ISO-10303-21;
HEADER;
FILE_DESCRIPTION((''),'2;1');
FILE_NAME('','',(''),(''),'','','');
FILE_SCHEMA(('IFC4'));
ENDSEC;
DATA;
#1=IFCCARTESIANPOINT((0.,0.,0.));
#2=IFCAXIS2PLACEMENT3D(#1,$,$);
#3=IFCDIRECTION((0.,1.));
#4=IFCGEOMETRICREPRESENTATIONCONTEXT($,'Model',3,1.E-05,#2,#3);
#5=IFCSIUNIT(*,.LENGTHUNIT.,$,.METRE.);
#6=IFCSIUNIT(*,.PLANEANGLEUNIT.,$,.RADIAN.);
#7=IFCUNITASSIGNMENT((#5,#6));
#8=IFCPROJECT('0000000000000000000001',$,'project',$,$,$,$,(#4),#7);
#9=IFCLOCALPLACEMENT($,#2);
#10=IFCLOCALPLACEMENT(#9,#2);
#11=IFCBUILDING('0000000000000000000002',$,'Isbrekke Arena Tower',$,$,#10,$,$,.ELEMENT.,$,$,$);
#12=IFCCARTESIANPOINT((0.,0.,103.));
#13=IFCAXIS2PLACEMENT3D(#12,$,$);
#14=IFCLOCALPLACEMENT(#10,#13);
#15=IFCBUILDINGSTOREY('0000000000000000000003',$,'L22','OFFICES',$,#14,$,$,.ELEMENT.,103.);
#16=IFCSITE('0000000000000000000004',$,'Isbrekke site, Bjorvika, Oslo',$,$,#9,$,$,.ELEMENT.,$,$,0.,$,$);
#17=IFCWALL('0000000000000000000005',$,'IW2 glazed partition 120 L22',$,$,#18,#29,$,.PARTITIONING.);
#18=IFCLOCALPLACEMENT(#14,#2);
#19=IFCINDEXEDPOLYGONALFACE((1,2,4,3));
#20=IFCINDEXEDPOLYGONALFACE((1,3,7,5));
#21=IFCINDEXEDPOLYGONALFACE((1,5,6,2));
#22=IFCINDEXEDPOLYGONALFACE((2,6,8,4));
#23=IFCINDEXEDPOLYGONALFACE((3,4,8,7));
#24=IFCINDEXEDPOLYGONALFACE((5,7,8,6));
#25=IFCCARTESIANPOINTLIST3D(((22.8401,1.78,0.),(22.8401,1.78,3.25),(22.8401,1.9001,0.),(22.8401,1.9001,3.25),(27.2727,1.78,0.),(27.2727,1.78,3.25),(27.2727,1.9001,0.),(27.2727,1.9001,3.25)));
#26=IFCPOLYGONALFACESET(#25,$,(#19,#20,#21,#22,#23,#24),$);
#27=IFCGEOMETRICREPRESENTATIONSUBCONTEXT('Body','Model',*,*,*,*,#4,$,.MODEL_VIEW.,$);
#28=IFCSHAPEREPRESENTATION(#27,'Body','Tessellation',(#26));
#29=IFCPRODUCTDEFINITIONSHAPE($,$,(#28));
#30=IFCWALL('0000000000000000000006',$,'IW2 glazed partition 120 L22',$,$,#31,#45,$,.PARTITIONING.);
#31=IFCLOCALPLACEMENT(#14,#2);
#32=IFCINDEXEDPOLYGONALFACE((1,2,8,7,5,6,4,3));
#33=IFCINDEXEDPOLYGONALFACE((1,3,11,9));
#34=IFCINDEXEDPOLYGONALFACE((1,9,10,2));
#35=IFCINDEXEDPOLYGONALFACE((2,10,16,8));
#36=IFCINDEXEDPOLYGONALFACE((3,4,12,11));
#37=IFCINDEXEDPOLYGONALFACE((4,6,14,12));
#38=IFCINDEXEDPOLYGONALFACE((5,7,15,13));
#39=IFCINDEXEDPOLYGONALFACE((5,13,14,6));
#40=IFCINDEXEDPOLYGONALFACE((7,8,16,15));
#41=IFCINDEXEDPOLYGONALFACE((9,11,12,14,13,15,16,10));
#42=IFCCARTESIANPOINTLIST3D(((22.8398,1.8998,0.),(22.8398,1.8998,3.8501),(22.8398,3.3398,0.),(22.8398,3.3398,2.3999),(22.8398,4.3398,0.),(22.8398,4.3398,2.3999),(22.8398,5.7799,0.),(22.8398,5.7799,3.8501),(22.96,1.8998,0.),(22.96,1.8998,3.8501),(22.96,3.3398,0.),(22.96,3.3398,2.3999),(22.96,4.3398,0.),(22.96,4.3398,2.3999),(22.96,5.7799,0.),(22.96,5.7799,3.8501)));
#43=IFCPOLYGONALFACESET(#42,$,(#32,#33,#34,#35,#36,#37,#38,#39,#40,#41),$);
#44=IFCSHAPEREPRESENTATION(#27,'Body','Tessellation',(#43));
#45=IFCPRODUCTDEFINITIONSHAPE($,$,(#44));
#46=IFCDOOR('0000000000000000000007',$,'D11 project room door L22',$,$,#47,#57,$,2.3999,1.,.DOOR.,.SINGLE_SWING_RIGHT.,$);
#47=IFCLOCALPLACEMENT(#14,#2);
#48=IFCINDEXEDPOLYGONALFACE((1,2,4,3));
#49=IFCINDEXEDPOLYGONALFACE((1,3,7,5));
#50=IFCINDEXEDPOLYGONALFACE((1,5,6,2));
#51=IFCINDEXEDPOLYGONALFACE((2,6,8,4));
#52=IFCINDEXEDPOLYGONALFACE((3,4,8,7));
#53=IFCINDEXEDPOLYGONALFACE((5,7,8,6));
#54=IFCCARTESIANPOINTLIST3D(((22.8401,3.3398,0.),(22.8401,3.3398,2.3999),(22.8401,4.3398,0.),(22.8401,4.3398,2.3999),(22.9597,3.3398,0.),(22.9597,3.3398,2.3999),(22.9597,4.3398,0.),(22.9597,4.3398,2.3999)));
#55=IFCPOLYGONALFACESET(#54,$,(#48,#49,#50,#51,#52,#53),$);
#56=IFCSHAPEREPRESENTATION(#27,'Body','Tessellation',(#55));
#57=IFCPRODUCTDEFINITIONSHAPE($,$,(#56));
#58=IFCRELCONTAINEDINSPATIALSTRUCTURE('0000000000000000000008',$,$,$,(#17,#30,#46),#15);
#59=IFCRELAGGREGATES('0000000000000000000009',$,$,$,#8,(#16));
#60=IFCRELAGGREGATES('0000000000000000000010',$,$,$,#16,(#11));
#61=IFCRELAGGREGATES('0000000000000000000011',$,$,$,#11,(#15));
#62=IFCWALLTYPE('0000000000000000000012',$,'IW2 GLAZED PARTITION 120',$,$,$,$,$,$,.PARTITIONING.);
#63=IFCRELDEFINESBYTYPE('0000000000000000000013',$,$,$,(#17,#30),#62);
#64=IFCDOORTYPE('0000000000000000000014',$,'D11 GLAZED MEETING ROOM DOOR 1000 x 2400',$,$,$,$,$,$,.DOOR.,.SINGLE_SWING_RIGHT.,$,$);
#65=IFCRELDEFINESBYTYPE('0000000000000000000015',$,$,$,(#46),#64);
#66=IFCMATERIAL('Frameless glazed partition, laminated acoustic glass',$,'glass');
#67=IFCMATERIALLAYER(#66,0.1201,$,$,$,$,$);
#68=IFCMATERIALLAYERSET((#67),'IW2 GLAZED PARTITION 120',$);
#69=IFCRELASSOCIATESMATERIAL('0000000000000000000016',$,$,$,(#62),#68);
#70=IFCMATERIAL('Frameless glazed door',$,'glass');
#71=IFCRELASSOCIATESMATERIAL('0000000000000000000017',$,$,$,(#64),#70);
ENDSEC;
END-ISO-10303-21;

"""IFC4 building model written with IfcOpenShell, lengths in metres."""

from ifc_helpers import new_model, si_unit, direction, frame, frame_2d, origin, place, context, subcontext, project, spatial, rectangle, extrude, material, layer, layer_set, type_object, element, fill, save


model = new_model("IFC4")

# Units and contexts
model_context = context("Model", 3, precision=1e-05, world=origin(), true_north=direction((0.0, 1.0)))
body_context = subcontext(model_context, "Body", "Model", "MODEL_VIEW")
ifc_project = project(units=[si_unit("LENGTHUNIT", "METRE"), si_unit("PLANEANGLEUNIT", "RADIAN")], contexts=[model_context])

# Site, building, storey
site_placement = place(None, origin())
site = spatial("IfcSite", under=ifc_project, at=site_placement, Name="Isbrekke site, Bjorvika, Oslo", CompositionType="ELEMENT", RefElevation=0.0)
building_placement = place(site_placement, origin())
building = spatial("IfcBuilding", under=site, at=building_placement, Name="Isbrekke Arena Tower", CompositionType="ELEMENT")
storey_placement = place(building_placement, frame((0.0, 0.0, 103.0)))
storey = spatial("IfcBuildingStorey", under=building, at=storey_placement, Name="L22", Description="OFFICES", CompositionType="ELEMENT", Elevation=103.0)

# Wall
ifc_material_1 = material(Name="Frameless glazed partition, laminated acoustic glass", Category="glass")
ifc_layer_1 = layer(ifc_material_1, 0.1201)
ifc_layer_set_1 = layer_set([ifc_layer_1], Name="IW2 GLAZED PARTITION 120")
wall_type = type_object("IfcWallType", Name="IW2 GLAZED PARTITION 120", PredefinedType="PARTITIONING", material=ifc_layer_set_1)
wall_1_placement = place(storey_placement, frame((22.8401, 1.8401, 0.0), z_axis=(0.0, 0.0, 1.0), x_axis=(1.0, 0.0, 0.0)))
element("IfcWall", 1, at=wall_1_placement, inside=storey, type_object=wall_type, Name="IW2 glazed partition 120 L22", PredefinedType="PARTITIONING", context=body_context, shape_type="SweptSolid", body=[
    extrude(rectangle(XDim=4.4326, YDim=0.1201, at=frame_2d((2.2163, 0.0))), origin(), (0.0, 0.0, 1.0), 3.25),
])

# Wall, opening, door
wall_2_placement = place(storey_placement, frame((22.8999, 1.8999, 0.0), z_axis=(0.0, 0.0, 1.0), x_axis=(0.0, 1.0, 0.0)))
wall_2 = element("IfcWall", 2, at=wall_2_placement, inside=storey, type_object=wall_type, Name="IW2 glazed partition 120 L22", PredefinedType="PARTITIONING", context=body_context, shape_type="SweptSolid", body=[
    extrude(rectangle(XDim=3.8801, YDim=0.1201, at=frame_2d((1.9399, 0.0))), origin(), (0.0, 0.0, 1.0), 3.8501),
])
opening_placement = place(wall_2_placement, frame((1.4399, 0.0, 0.0)))
opening = element("IfcOpeningElement", 3, at=opening_placement, cuts=wall_2, PredefinedType="OPENING", context=body_context, shape_type="SweptSolid", body=[
    extrude(rectangle(XDim=1.0, YDim=2.3999, at=frame_2d((0.5, 1.2))), frame((0.0, 0.075, 0.0), z_axis=(0.0, -1.0, 0.0), x_axis=(1.0, 0.0, 0.0)), (0.0, 0.0, 1.0), 0.1499),
])
ifc_material_2 = material(Name="Frameless glazed door", Category="glass")
door_type = type_object("IfcDoorType", Name="D11 GLAZED MEETING ROOM DOOR 1000 x 2400", OperationType="SINGLE_SWING_RIGHT", PredefinedType="DOOR", material=ifc_material_2)
door_placement = place(opening_placement, origin())
door = element("IfcDoor", 4, at=door_placement, inside=storey, type_object=door_type, Name="D11 project room door L22", OperationType="SINGLE_SWING_RIGHT", OverallHeight=2.3999, OverallWidth=1.0, PredefinedType="DOOR", context=body_context, shape_type="SweptSolid", body=[
    extrude(rectangle(XDim=1.0, YDim=2.3999, at=frame_2d((0.5, 1.2))), frame((0.0, 0.0598, 0.0), z_axis=(0.0, -1.0, 0.0), x_axis=(1.0, 0.0, 0.0)), (0.0, 0.0, 1.0), 0.1196),
])
fill(opening, door)

save(model, "model.ifc")
